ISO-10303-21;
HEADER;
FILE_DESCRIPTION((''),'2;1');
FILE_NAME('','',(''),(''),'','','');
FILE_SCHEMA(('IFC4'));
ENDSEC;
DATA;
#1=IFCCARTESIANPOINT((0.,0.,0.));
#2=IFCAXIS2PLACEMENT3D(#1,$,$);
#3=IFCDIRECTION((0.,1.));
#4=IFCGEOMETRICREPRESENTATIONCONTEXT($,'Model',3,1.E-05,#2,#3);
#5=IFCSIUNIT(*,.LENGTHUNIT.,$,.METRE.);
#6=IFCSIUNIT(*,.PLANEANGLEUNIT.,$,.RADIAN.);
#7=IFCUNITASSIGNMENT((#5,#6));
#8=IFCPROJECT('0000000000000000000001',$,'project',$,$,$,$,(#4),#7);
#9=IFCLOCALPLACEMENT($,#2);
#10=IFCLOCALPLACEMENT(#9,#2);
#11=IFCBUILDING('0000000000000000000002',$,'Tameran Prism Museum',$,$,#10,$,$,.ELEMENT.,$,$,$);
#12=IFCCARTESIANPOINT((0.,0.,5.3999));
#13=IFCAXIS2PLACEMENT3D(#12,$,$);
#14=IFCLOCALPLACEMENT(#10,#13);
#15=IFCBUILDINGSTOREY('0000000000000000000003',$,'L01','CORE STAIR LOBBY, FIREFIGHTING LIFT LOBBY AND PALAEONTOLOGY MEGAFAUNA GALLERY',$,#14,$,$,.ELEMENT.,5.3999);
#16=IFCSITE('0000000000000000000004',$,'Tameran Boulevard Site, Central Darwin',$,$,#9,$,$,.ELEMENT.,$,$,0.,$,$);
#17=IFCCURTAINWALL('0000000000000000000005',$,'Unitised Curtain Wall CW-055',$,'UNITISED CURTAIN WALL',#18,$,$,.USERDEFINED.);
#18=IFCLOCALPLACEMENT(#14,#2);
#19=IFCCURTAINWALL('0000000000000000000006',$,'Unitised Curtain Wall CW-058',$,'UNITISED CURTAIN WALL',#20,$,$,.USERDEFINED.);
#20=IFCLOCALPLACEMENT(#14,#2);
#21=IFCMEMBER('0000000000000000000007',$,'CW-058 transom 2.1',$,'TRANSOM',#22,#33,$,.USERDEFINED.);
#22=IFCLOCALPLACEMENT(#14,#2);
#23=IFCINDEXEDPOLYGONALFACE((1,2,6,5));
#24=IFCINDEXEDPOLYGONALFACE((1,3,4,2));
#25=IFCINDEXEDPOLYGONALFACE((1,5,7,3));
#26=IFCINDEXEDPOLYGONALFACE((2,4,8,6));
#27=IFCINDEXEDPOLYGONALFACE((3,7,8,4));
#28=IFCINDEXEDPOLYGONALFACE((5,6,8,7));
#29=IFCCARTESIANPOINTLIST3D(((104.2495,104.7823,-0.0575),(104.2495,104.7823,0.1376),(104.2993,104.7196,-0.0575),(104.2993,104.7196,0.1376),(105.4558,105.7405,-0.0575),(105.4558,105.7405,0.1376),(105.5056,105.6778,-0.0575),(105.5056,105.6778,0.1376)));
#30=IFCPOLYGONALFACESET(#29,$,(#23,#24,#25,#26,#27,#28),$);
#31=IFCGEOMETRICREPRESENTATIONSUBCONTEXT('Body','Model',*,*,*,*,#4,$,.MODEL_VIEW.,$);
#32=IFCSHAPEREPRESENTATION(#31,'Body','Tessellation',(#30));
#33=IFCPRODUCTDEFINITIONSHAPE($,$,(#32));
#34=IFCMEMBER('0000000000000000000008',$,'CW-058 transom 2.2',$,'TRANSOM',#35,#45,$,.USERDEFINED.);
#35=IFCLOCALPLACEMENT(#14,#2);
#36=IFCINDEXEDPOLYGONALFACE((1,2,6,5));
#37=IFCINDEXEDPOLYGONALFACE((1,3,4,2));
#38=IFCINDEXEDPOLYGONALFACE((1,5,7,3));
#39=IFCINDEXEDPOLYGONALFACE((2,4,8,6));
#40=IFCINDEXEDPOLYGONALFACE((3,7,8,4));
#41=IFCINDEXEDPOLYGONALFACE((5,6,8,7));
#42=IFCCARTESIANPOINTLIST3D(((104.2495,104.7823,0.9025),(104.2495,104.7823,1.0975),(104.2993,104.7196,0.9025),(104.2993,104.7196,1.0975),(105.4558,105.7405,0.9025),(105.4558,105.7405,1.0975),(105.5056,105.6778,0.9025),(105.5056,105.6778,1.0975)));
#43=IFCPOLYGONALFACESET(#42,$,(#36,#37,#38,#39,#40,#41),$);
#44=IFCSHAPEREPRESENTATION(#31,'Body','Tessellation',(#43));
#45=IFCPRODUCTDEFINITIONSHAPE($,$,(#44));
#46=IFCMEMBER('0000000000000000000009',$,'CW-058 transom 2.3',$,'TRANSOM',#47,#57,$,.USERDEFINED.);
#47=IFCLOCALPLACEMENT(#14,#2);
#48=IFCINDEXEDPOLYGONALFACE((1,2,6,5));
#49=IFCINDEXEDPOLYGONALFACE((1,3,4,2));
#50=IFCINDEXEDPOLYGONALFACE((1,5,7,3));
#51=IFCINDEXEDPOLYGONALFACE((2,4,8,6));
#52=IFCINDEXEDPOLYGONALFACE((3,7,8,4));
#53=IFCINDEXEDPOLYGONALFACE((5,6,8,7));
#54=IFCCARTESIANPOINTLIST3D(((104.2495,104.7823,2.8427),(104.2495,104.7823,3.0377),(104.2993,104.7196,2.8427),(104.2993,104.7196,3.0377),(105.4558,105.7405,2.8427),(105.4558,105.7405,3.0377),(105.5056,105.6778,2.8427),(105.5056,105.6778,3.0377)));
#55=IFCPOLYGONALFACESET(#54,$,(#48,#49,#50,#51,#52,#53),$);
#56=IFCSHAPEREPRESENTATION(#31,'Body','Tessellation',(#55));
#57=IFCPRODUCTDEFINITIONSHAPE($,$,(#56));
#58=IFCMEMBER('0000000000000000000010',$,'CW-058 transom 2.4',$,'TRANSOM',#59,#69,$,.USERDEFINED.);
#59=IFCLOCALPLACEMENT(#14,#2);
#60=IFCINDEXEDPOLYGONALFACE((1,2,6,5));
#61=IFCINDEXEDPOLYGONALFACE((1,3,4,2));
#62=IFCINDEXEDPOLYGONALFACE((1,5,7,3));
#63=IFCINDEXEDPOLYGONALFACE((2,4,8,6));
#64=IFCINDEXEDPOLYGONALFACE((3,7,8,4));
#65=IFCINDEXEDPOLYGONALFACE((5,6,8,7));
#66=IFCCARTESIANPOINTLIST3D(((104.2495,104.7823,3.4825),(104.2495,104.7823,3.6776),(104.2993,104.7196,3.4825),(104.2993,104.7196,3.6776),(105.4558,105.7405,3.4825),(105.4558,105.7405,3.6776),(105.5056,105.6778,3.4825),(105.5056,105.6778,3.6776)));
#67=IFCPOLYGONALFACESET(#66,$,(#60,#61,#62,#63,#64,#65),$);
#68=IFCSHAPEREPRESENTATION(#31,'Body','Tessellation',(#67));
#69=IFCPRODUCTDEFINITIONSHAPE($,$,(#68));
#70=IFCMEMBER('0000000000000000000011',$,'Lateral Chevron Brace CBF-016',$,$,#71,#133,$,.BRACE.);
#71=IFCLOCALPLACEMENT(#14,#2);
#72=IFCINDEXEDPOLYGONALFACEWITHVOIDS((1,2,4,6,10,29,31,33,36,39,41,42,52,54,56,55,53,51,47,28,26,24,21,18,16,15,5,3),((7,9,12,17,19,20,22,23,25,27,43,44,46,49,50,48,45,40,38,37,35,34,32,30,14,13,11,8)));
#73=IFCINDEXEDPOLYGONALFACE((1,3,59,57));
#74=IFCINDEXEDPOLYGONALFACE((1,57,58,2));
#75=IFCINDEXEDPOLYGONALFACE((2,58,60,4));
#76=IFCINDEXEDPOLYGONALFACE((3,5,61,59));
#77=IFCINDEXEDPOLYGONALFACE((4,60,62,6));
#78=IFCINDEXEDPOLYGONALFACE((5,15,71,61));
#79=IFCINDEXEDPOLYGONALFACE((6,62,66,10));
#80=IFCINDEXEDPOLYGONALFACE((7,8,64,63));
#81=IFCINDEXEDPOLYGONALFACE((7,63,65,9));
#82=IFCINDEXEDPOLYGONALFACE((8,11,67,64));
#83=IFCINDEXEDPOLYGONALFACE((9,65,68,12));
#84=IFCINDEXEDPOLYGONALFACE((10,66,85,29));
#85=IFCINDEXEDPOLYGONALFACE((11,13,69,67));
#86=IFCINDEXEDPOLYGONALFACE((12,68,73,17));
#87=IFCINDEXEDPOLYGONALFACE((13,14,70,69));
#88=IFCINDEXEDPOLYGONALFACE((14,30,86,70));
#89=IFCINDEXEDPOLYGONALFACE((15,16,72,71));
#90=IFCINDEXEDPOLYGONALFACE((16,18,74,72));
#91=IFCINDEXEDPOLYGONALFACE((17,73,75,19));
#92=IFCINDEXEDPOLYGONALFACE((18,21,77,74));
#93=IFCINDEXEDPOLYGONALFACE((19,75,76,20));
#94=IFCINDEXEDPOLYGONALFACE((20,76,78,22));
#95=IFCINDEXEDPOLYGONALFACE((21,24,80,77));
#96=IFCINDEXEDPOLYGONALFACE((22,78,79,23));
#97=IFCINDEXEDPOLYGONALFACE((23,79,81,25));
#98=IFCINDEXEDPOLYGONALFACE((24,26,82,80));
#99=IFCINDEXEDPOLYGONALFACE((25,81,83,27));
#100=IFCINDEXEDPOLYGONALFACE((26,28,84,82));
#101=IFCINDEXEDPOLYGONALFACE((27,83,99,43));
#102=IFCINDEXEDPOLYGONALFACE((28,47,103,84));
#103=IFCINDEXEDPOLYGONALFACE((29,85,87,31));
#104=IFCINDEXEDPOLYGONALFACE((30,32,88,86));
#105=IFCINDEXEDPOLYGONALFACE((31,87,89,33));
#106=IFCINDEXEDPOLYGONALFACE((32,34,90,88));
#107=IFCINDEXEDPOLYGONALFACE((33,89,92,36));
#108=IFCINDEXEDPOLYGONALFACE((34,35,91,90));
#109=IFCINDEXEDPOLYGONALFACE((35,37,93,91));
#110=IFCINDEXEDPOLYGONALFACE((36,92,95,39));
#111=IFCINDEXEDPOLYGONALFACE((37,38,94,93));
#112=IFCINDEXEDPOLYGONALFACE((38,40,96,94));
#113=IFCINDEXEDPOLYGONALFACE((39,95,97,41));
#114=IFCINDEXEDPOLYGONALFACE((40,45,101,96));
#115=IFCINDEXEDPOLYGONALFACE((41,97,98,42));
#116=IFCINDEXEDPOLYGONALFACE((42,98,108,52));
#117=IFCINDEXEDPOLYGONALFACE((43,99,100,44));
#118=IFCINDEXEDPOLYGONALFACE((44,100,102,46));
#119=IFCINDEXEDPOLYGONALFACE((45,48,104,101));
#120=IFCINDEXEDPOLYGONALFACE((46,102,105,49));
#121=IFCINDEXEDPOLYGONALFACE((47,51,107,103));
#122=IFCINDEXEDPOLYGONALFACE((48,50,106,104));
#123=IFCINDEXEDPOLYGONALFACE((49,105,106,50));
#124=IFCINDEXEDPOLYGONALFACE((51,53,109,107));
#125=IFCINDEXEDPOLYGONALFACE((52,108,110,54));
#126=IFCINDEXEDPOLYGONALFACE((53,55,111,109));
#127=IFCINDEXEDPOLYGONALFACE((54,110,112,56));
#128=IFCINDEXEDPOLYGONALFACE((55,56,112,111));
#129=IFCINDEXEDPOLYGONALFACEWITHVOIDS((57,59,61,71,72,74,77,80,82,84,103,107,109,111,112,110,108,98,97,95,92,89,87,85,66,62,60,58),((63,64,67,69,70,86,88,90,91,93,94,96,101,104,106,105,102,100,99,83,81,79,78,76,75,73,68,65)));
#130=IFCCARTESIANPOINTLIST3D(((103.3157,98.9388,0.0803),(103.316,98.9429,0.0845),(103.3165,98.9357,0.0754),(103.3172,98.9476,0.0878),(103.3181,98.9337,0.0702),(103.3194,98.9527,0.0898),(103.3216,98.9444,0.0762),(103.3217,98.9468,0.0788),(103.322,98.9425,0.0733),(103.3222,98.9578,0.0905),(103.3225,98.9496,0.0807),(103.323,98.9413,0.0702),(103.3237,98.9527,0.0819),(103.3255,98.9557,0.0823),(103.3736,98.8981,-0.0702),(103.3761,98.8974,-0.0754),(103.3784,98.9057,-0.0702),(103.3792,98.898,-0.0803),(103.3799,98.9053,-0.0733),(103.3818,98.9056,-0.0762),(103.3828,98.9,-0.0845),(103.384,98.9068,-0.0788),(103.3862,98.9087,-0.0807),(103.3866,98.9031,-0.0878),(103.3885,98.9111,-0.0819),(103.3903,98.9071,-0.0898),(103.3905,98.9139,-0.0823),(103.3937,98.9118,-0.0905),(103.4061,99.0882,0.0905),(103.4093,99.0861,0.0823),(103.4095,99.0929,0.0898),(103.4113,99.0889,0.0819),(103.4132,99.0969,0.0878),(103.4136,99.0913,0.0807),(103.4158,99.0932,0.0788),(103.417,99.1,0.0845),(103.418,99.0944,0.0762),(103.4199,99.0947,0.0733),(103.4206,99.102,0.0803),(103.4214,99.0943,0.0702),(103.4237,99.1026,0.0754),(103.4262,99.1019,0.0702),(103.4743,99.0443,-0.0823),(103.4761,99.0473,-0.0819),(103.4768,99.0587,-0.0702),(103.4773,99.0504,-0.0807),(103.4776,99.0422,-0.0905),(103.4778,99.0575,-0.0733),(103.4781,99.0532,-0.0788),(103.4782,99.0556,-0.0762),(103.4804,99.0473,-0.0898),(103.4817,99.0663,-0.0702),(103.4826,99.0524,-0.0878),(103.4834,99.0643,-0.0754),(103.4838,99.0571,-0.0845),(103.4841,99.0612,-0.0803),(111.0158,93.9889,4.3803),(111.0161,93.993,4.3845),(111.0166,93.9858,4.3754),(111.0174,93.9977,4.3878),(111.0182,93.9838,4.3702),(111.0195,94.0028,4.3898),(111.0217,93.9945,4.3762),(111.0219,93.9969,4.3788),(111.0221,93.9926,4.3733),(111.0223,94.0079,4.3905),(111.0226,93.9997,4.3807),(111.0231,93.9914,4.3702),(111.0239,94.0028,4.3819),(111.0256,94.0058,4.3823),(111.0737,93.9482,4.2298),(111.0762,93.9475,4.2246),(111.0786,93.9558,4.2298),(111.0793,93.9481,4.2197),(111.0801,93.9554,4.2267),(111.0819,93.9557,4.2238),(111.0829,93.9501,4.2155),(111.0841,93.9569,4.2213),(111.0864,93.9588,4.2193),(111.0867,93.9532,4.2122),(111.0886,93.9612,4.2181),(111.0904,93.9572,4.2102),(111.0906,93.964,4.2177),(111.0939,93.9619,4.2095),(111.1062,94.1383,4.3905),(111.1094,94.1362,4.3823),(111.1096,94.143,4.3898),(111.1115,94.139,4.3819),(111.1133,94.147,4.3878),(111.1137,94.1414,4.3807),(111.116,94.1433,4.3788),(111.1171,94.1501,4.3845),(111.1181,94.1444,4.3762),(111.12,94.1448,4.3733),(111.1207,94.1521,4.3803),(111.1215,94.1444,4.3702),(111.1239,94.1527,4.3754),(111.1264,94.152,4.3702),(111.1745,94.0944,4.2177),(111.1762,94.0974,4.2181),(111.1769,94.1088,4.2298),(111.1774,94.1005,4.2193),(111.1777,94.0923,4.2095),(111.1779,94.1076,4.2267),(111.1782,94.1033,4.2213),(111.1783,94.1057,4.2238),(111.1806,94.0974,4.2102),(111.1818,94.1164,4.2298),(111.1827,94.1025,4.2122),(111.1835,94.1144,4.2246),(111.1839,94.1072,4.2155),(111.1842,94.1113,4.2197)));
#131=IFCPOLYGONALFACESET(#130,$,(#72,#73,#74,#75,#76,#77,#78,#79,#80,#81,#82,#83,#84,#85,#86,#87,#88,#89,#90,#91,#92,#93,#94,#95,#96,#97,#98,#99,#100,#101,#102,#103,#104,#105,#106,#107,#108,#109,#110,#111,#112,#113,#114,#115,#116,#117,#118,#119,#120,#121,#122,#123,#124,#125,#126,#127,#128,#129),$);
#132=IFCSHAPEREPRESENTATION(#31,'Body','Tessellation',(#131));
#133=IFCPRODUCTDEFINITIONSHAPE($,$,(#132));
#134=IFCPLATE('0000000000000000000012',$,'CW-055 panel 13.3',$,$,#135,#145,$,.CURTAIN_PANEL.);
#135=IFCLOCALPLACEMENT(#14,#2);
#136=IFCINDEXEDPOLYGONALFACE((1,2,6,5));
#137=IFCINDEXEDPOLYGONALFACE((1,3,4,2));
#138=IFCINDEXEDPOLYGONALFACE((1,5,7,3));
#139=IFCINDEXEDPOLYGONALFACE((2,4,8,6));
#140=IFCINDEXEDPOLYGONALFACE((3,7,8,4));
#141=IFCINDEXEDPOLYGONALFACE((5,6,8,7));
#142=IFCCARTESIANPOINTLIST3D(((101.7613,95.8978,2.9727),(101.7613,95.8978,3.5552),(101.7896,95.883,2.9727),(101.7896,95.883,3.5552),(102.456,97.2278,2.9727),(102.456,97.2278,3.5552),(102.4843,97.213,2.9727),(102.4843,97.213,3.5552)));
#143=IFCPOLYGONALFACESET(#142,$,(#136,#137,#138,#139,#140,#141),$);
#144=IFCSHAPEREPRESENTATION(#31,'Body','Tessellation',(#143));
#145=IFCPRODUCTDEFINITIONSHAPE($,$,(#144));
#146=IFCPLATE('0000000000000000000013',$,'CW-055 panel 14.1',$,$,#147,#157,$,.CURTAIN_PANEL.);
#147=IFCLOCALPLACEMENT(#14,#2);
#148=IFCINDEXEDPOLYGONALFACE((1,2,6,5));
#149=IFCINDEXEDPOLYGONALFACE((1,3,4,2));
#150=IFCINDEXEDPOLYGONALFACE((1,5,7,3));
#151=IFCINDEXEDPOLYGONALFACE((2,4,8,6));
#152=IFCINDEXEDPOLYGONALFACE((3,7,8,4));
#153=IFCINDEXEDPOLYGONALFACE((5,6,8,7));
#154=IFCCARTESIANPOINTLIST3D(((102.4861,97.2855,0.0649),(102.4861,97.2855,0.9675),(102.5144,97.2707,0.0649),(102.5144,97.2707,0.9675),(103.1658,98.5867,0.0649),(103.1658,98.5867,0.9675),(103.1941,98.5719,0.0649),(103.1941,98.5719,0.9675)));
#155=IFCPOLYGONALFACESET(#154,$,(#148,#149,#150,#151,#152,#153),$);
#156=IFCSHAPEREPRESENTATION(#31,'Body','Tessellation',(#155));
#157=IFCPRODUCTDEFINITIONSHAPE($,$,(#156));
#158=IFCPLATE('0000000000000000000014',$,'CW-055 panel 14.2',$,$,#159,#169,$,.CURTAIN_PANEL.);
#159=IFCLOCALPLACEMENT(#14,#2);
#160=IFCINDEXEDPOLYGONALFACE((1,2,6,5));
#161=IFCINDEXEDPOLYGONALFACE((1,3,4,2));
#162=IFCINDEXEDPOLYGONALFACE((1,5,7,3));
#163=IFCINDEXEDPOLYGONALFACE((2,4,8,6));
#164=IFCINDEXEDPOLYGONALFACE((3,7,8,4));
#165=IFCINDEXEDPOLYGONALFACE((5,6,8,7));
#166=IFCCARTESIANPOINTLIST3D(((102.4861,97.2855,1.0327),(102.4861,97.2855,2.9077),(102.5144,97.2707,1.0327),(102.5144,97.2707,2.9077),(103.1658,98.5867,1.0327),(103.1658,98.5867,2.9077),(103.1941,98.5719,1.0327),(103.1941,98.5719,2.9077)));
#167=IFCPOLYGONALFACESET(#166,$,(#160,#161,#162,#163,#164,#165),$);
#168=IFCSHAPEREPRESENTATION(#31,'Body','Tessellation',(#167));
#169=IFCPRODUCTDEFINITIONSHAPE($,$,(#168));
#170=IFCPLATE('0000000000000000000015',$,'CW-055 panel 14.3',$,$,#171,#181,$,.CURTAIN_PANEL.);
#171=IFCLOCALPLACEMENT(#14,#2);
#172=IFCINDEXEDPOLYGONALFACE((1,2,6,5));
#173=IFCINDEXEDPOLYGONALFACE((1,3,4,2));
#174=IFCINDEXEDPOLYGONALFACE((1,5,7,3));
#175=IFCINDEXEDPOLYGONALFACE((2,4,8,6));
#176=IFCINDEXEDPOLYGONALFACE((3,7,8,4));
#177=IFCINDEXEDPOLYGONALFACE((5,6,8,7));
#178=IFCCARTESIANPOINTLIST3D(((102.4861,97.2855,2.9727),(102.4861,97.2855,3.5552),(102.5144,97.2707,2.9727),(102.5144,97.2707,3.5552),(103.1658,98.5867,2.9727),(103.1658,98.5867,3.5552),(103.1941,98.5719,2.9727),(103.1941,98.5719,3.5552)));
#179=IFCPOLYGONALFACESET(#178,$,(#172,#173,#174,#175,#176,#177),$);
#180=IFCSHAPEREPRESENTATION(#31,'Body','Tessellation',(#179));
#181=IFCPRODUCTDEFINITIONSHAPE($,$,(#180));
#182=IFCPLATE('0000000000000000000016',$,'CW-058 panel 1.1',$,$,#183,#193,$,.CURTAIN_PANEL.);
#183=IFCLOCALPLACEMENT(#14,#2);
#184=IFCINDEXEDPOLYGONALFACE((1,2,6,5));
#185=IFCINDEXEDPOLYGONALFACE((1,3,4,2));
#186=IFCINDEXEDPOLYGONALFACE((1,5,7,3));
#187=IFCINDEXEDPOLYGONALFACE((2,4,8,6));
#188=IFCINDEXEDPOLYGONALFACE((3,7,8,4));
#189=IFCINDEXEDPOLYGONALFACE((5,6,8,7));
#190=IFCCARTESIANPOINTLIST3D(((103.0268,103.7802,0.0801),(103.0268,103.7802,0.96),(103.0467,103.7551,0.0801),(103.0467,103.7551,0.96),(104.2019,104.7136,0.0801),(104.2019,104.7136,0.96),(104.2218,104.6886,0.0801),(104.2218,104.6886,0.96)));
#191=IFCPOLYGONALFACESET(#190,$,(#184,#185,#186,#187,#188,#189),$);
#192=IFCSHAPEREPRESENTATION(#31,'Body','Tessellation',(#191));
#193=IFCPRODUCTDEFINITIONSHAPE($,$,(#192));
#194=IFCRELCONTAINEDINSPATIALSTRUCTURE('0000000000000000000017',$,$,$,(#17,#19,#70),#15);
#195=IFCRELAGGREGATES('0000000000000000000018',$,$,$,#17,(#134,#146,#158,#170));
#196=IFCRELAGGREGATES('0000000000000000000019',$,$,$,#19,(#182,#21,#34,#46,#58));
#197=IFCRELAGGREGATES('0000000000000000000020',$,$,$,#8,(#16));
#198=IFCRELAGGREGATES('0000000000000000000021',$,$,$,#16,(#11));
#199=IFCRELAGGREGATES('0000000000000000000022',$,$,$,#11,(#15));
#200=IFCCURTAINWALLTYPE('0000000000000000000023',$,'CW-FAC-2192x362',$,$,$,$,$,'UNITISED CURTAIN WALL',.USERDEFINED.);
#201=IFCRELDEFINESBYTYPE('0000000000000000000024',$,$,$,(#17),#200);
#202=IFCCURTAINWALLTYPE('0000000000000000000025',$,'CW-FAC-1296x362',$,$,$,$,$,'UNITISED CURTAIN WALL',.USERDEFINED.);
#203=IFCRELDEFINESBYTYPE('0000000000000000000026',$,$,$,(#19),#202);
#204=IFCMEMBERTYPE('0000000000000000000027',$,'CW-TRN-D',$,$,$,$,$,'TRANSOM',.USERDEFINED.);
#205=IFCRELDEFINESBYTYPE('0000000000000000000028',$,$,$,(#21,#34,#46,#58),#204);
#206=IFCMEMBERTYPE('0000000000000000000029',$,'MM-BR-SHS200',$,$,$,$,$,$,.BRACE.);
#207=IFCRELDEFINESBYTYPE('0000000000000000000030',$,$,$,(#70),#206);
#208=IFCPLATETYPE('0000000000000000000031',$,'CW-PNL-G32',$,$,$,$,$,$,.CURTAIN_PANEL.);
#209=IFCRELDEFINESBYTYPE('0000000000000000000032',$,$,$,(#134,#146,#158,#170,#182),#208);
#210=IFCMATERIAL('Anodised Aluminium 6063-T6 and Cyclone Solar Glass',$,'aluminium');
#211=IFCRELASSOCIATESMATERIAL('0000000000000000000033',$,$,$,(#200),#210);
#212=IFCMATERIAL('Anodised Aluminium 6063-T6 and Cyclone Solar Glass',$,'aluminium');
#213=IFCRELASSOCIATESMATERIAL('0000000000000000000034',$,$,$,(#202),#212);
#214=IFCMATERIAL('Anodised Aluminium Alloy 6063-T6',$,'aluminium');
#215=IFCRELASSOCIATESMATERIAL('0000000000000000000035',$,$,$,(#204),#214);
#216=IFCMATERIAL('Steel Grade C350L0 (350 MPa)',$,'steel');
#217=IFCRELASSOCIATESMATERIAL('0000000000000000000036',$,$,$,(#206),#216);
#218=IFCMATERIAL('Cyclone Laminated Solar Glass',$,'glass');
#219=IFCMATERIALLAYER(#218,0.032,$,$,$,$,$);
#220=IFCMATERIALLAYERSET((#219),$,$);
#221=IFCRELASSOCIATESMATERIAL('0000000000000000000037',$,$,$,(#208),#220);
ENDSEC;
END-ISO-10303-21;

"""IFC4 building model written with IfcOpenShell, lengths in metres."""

from ifc_helpers import new_model, si_unit, direction, frame, origin, origin_2d, place, context, subcontext, project, spatial, rectangle, hollow_rectangle, extrude, material, layer, layer_set, material_profile, profile_set, type_object, element, aggregate, save


model = new_model("IFC4")

# Units and contexts
model_context = context("Model", 3, precision=1e-05, world=origin(), true_north=direction((0.0, 1.0)))
body_context = subcontext(model_context, "Body", "Model", "MODEL_VIEW")
ifc_project = project(units=[si_unit("LENGTHUNIT", "METRE"), si_unit("PLANEANGLEUNIT", "RADIAN")], contexts=[model_context])

# Site, building, storey
site_placement = place(None, origin())
site = spatial("IfcSite", under=ifc_project, at=site_placement, Name="Tameran Boulevard Site, Central Darwin", CompositionType="ELEMENT", RefElevation=0.0)
building_placement = place(site_placement, origin())
building = spatial("IfcBuilding", under=site, at=building_placement, Name="Tameran Prism Museum", CompositionType="ELEMENT")
storey_placement = place(building_placement, frame((0.0, 0.0, 5.3999)))
storey = spatial("IfcBuildingStorey", under=building, at=storey_placement, Name="L01", Description="CORE STAIR LOBBY, FIREFIGHTING LIFT LOBBY AND PALAEONTOLOGY MEGAFAUNA GALLERY", CompositionType="ELEMENT", Elevation=5.3999)

# Curtain walls
ifc_material_1 = material(Name="Anodised Aluminium 6063-T6 and Cyclone Solar Glass", Category="aluminium")
curtain_wall_type_1 = type_object("IfcCurtainWallType", Name="CW-FAC-2192x362", ElementType="UNITISED CURTAIN WALL", PredefinedType="USERDEFINED", material=ifc_material_1)
curtain_wall_1_placement = place(storey_placement, origin())
curtain_wall_1 = element("IfcCurtainWall", 1, at=curtain_wall_1_placement, inside=storey, type_object=curtain_wall_type_1, Name="Unitised Curtain Wall CW-055", ObjectType="UNITISED CURTAIN WALL", PredefinedType="USERDEFINED")
ifc_material_2 = material(Name="Anodised Aluminium 6063-T6 and Cyclone Solar Glass", Category="aluminium")
curtain_wall_type_2 = type_object("IfcCurtainWallType", Name="CW-FAC-1296x362", ElementType="UNITISED CURTAIN WALL", PredefinedType="USERDEFINED", material=ifc_material_2)
curtain_wall_2_placement = place(storey_placement, origin())
curtain_wall_2 = element("IfcCurtainWall", 2, at=curtain_wall_2_placement, inside=storey, type_object=curtain_wall_type_2, Name="Unitised Curtain Wall CW-058", ObjectType="UNITISED CURTAIN WALL", PredefinedType="USERDEFINED")

# Members
ifc_material_3 = material(Name="Anodised Aluminium Alloy 6063-T6", Category="aluminium")
ifc_material_profile_1 = material_profile(ifc_material_3, rectangle(XDim=0.0801, YDim=0.1951, at=origin_2d()))
ifc_profile_set_1 = profile_set([ifc_material_profile_1])
member_type_1 = type_object("IfcMemberType", Name="CW-TRN-D", ElementType="TRANSOM", PredefinedType="USERDEFINED", material=ifc_profile_set_1)
member_1_placement = place(storey_placement, frame((104.2744, 104.751, 0.04), z_axis=(0.783013, 0.622005, 0.0), x_axis=(-0.622005, 0.783013, 0.0)))
member_1 = element("IfcMember", 3, at=member_1_placement, type_object=member_type_1, Name="CW-058 transom 2.1", ObjectType="TRANSOM", PredefinedType="USERDEFINED", context=body_context, shape_type="SweptSolid", body=[
    extrude(rectangle(XDim=0.0801, YDim=0.1951, at=origin_2d()), origin(), (0.0, 0.0, 1.0), 1.5405),
])
member_2_placement = place(storey_placement, frame((104.2744, 104.751, 1.0), z_axis=(0.783013, 0.622005, 0.0), x_axis=(-0.622005, 0.783013, 0.0)))
member_2 = element("IfcMember", 4, at=member_2_placement, type_object=member_type_1, Name="CW-058 transom 2.2", ObjectType="TRANSOM", PredefinedType="USERDEFINED", context=body_context, shape_type="SweptSolid", body=[
    extrude(rectangle(XDim=0.0801, YDim=0.1951, at=origin_2d()), origin(), (0.0, 0.0, 1.0), 1.5405),
])
member_3_placement = place(storey_placement, frame((104.2744, 104.751, 2.9402), z_axis=(0.783013, 0.622005, 0.0), x_axis=(-0.622005, 0.783013, 0.0)))
member_3 = element("IfcMember", 5, at=member_3_placement, type_object=member_type_1, Name="CW-058 transom 2.3", ObjectType="TRANSOM", PredefinedType="USERDEFINED", context=body_context, shape_type="SweptSolid", body=[
    extrude(rectangle(XDim=0.0801, YDim=0.1951, at=origin_2d()), origin(), (0.0, 0.0, 1.0), 1.5405),
])
member_4_placement = place(storey_placement, frame((104.2744, 104.751, 3.5801), z_axis=(0.783013, 0.622005, 0.0), x_axis=(-0.622005, 0.783013, 0.0)))
member_4 = element("IfcMember", 6, at=member_4_placement, type_object=member_type_1, Name="CW-058 transom 2.4", ObjectType="TRANSOM", PredefinedType="USERDEFINED", context=body_context, shape_type="SweptSolid", body=[
    extrude(rectangle(XDim=0.0801, YDim=0.1951, at=origin_2d()), origin(), (0.0, 0.0, 1.0), 1.5405),
])
ifc_material_4 = material(Name="Steel Grade C350L0 (350 MPa)", Category="steel")
ifc_material_profile_2 = material_profile(ifc_material_4, hollow_rectangle(XDim=0.2, YDim=0.2, WallThickness=0.009, InnerFilletRadius=0.0134, OuterFilletRadius=0.0225, at=origin_2d()))
ifc_profile_set_2 = profile_set([ifc_material_profile_2])
member_type_2 = type_object("IfcMemberType", Name="MM-BR-SHS200", PredefinedType="BRACE", material=ifc_profile_set_2)
member_5_placement = place(storey_placement, frame((103.3999, 99.0, 0.0), z_axis=(0.761368, -0.489434, 0.425174), x_axis=(0.540744, 0.841187, 0.0)))
element("IfcMember", 7, at=member_5_placement, inside=storey, type_object=member_type_2, Name="Lateral Chevron Brace CBF-016", PredefinedType="BRACE", context=body_context, shape_type="SweptSolid", body=[
    extrude(hollow_rectangle(XDim=0.2, YDim=0.2, WallThickness=0.009, InnerFilletRadius=0.0134, OuterFilletRadius=0.0225, at=origin_2d()), origin(), (0.0, 0.0, 1.0), 10.1135),
])

# Plates
ifc_material_5 = material(Name="Cyclone Laminated Solar Glass", Category="glass")
ifc_layer_1 = layer(ifc_material_5, 0.032)
ifc_layer_set_1 = layer_set([ifc_layer_1])
plate_type = type_object("IfcPlateType", Name="CW-PNL-G32", PredefinedType="CURTAIN_PANEL", material=ifc_layer_set_1)
plate_1_placement = place(storey_placement, frame((102.1228, 96.5554, 2.9727), z_axis=(0.0, 0.0, 1.0), x_axis=(0.463003, 0.886357, 0.0)))
plate_1 = element("IfcPlate", 8, at=plate_1_placement, type_object=plate_type, Name="CW-055 panel 13.3", PredefinedType="CURTAIN_PANEL", context=body_context, shape_type="SweptSolid", body=[
    extrude(rectangle(XDim=1.5005, YDim=0.032, at=origin_2d()), origin(), (0.0, 0.0, 1.0), 0.5825),
])
plate_2_placement = place(storey_placement, frame((102.8401, 97.9287, 0.0649), z_axis=(0.0, 0.0, 1.0), x_axis=(0.463003, 0.886357, 0.0)))
plate_2 = element("IfcPlate", 9, at=plate_2_placement, type_object=plate_type, Name="CW-055 panel 14.1", PredefinedType="CURTAIN_PANEL", context=body_context, shape_type="SweptSolid", body=[
    extrude(rectangle(XDim=1.468, YDim=0.032, at=origin_2d()), origin(), (0.0, 0.0, 1.0), 0.9026),
])
plate_3_placement = place(storey_placement, frame((102.8401, 97.9287, 1.0327), z_axis=(0.0, 0.0, 1.0), x_axis=(0.463003, 0.886357, 0.0)))
plate_3 = element("IfcPlate", 10, at=plate_3_placement, type_object=plate_type, Name="CW-055 panel 14.2", PredefinedType="CURTAIN_PANEL", context=body_context, shape_type="SweptSolid", body=[
    extrude(rectangle(XDim=1.468, YDim=0.032, at=origin_2d()), origin(), (0.0, 0.0, 1.0), 1.875),
])
plate_4_placement = place(storey_placement, frame((102.8401, 97.9287, 2.9727), z_axis=(0.0, 0.0, 1.0), x_axis=(0.463003, 0.886357, 0.0)))
plate_4 = element("IfcPlate", 11, at=plate_4_placement, type_object=plate_type, Name="CW-055 panel 14.3", PredefinedType="CURTAIN_PANEL", context=body_context, shape_type="SweptSolid", body=[
    extrude(rectangle(XDim=1.468, YDim=0.032, at=origin_2d()), origin(), (0.0, 0.0, 1.0), 0.5825),
])
aggregate(curtain_wall_1, [plate_1, plate_2, plate_3, plate_4])
plate_5_placement = place(storey_placement, frame((103.6243, 104.2344, 0.0801), z_axis=(0.0, 0.0, 1.0), x_axis=(0.783031, 0.621982, 0.0)))
plate_5 = element("IfcPlate", 12, at=plate_5_placement, type_object=plate_type, Name="CW-058 panel 1.1", PredefinedType="CURTAIN_PANEL", context=body_context, shape_type="SweptSolid", body=[
    extrude(rectangle(XDim=1.5007, YDim=0.032, at=origin_2d()), origin(), (0.0, 0.0, 1.0), 0.8799),
])
aggregate(curtain_wall_2, [plate_5, member_1, member_2, member_3, member_4])

save(model, "model.ifc")
